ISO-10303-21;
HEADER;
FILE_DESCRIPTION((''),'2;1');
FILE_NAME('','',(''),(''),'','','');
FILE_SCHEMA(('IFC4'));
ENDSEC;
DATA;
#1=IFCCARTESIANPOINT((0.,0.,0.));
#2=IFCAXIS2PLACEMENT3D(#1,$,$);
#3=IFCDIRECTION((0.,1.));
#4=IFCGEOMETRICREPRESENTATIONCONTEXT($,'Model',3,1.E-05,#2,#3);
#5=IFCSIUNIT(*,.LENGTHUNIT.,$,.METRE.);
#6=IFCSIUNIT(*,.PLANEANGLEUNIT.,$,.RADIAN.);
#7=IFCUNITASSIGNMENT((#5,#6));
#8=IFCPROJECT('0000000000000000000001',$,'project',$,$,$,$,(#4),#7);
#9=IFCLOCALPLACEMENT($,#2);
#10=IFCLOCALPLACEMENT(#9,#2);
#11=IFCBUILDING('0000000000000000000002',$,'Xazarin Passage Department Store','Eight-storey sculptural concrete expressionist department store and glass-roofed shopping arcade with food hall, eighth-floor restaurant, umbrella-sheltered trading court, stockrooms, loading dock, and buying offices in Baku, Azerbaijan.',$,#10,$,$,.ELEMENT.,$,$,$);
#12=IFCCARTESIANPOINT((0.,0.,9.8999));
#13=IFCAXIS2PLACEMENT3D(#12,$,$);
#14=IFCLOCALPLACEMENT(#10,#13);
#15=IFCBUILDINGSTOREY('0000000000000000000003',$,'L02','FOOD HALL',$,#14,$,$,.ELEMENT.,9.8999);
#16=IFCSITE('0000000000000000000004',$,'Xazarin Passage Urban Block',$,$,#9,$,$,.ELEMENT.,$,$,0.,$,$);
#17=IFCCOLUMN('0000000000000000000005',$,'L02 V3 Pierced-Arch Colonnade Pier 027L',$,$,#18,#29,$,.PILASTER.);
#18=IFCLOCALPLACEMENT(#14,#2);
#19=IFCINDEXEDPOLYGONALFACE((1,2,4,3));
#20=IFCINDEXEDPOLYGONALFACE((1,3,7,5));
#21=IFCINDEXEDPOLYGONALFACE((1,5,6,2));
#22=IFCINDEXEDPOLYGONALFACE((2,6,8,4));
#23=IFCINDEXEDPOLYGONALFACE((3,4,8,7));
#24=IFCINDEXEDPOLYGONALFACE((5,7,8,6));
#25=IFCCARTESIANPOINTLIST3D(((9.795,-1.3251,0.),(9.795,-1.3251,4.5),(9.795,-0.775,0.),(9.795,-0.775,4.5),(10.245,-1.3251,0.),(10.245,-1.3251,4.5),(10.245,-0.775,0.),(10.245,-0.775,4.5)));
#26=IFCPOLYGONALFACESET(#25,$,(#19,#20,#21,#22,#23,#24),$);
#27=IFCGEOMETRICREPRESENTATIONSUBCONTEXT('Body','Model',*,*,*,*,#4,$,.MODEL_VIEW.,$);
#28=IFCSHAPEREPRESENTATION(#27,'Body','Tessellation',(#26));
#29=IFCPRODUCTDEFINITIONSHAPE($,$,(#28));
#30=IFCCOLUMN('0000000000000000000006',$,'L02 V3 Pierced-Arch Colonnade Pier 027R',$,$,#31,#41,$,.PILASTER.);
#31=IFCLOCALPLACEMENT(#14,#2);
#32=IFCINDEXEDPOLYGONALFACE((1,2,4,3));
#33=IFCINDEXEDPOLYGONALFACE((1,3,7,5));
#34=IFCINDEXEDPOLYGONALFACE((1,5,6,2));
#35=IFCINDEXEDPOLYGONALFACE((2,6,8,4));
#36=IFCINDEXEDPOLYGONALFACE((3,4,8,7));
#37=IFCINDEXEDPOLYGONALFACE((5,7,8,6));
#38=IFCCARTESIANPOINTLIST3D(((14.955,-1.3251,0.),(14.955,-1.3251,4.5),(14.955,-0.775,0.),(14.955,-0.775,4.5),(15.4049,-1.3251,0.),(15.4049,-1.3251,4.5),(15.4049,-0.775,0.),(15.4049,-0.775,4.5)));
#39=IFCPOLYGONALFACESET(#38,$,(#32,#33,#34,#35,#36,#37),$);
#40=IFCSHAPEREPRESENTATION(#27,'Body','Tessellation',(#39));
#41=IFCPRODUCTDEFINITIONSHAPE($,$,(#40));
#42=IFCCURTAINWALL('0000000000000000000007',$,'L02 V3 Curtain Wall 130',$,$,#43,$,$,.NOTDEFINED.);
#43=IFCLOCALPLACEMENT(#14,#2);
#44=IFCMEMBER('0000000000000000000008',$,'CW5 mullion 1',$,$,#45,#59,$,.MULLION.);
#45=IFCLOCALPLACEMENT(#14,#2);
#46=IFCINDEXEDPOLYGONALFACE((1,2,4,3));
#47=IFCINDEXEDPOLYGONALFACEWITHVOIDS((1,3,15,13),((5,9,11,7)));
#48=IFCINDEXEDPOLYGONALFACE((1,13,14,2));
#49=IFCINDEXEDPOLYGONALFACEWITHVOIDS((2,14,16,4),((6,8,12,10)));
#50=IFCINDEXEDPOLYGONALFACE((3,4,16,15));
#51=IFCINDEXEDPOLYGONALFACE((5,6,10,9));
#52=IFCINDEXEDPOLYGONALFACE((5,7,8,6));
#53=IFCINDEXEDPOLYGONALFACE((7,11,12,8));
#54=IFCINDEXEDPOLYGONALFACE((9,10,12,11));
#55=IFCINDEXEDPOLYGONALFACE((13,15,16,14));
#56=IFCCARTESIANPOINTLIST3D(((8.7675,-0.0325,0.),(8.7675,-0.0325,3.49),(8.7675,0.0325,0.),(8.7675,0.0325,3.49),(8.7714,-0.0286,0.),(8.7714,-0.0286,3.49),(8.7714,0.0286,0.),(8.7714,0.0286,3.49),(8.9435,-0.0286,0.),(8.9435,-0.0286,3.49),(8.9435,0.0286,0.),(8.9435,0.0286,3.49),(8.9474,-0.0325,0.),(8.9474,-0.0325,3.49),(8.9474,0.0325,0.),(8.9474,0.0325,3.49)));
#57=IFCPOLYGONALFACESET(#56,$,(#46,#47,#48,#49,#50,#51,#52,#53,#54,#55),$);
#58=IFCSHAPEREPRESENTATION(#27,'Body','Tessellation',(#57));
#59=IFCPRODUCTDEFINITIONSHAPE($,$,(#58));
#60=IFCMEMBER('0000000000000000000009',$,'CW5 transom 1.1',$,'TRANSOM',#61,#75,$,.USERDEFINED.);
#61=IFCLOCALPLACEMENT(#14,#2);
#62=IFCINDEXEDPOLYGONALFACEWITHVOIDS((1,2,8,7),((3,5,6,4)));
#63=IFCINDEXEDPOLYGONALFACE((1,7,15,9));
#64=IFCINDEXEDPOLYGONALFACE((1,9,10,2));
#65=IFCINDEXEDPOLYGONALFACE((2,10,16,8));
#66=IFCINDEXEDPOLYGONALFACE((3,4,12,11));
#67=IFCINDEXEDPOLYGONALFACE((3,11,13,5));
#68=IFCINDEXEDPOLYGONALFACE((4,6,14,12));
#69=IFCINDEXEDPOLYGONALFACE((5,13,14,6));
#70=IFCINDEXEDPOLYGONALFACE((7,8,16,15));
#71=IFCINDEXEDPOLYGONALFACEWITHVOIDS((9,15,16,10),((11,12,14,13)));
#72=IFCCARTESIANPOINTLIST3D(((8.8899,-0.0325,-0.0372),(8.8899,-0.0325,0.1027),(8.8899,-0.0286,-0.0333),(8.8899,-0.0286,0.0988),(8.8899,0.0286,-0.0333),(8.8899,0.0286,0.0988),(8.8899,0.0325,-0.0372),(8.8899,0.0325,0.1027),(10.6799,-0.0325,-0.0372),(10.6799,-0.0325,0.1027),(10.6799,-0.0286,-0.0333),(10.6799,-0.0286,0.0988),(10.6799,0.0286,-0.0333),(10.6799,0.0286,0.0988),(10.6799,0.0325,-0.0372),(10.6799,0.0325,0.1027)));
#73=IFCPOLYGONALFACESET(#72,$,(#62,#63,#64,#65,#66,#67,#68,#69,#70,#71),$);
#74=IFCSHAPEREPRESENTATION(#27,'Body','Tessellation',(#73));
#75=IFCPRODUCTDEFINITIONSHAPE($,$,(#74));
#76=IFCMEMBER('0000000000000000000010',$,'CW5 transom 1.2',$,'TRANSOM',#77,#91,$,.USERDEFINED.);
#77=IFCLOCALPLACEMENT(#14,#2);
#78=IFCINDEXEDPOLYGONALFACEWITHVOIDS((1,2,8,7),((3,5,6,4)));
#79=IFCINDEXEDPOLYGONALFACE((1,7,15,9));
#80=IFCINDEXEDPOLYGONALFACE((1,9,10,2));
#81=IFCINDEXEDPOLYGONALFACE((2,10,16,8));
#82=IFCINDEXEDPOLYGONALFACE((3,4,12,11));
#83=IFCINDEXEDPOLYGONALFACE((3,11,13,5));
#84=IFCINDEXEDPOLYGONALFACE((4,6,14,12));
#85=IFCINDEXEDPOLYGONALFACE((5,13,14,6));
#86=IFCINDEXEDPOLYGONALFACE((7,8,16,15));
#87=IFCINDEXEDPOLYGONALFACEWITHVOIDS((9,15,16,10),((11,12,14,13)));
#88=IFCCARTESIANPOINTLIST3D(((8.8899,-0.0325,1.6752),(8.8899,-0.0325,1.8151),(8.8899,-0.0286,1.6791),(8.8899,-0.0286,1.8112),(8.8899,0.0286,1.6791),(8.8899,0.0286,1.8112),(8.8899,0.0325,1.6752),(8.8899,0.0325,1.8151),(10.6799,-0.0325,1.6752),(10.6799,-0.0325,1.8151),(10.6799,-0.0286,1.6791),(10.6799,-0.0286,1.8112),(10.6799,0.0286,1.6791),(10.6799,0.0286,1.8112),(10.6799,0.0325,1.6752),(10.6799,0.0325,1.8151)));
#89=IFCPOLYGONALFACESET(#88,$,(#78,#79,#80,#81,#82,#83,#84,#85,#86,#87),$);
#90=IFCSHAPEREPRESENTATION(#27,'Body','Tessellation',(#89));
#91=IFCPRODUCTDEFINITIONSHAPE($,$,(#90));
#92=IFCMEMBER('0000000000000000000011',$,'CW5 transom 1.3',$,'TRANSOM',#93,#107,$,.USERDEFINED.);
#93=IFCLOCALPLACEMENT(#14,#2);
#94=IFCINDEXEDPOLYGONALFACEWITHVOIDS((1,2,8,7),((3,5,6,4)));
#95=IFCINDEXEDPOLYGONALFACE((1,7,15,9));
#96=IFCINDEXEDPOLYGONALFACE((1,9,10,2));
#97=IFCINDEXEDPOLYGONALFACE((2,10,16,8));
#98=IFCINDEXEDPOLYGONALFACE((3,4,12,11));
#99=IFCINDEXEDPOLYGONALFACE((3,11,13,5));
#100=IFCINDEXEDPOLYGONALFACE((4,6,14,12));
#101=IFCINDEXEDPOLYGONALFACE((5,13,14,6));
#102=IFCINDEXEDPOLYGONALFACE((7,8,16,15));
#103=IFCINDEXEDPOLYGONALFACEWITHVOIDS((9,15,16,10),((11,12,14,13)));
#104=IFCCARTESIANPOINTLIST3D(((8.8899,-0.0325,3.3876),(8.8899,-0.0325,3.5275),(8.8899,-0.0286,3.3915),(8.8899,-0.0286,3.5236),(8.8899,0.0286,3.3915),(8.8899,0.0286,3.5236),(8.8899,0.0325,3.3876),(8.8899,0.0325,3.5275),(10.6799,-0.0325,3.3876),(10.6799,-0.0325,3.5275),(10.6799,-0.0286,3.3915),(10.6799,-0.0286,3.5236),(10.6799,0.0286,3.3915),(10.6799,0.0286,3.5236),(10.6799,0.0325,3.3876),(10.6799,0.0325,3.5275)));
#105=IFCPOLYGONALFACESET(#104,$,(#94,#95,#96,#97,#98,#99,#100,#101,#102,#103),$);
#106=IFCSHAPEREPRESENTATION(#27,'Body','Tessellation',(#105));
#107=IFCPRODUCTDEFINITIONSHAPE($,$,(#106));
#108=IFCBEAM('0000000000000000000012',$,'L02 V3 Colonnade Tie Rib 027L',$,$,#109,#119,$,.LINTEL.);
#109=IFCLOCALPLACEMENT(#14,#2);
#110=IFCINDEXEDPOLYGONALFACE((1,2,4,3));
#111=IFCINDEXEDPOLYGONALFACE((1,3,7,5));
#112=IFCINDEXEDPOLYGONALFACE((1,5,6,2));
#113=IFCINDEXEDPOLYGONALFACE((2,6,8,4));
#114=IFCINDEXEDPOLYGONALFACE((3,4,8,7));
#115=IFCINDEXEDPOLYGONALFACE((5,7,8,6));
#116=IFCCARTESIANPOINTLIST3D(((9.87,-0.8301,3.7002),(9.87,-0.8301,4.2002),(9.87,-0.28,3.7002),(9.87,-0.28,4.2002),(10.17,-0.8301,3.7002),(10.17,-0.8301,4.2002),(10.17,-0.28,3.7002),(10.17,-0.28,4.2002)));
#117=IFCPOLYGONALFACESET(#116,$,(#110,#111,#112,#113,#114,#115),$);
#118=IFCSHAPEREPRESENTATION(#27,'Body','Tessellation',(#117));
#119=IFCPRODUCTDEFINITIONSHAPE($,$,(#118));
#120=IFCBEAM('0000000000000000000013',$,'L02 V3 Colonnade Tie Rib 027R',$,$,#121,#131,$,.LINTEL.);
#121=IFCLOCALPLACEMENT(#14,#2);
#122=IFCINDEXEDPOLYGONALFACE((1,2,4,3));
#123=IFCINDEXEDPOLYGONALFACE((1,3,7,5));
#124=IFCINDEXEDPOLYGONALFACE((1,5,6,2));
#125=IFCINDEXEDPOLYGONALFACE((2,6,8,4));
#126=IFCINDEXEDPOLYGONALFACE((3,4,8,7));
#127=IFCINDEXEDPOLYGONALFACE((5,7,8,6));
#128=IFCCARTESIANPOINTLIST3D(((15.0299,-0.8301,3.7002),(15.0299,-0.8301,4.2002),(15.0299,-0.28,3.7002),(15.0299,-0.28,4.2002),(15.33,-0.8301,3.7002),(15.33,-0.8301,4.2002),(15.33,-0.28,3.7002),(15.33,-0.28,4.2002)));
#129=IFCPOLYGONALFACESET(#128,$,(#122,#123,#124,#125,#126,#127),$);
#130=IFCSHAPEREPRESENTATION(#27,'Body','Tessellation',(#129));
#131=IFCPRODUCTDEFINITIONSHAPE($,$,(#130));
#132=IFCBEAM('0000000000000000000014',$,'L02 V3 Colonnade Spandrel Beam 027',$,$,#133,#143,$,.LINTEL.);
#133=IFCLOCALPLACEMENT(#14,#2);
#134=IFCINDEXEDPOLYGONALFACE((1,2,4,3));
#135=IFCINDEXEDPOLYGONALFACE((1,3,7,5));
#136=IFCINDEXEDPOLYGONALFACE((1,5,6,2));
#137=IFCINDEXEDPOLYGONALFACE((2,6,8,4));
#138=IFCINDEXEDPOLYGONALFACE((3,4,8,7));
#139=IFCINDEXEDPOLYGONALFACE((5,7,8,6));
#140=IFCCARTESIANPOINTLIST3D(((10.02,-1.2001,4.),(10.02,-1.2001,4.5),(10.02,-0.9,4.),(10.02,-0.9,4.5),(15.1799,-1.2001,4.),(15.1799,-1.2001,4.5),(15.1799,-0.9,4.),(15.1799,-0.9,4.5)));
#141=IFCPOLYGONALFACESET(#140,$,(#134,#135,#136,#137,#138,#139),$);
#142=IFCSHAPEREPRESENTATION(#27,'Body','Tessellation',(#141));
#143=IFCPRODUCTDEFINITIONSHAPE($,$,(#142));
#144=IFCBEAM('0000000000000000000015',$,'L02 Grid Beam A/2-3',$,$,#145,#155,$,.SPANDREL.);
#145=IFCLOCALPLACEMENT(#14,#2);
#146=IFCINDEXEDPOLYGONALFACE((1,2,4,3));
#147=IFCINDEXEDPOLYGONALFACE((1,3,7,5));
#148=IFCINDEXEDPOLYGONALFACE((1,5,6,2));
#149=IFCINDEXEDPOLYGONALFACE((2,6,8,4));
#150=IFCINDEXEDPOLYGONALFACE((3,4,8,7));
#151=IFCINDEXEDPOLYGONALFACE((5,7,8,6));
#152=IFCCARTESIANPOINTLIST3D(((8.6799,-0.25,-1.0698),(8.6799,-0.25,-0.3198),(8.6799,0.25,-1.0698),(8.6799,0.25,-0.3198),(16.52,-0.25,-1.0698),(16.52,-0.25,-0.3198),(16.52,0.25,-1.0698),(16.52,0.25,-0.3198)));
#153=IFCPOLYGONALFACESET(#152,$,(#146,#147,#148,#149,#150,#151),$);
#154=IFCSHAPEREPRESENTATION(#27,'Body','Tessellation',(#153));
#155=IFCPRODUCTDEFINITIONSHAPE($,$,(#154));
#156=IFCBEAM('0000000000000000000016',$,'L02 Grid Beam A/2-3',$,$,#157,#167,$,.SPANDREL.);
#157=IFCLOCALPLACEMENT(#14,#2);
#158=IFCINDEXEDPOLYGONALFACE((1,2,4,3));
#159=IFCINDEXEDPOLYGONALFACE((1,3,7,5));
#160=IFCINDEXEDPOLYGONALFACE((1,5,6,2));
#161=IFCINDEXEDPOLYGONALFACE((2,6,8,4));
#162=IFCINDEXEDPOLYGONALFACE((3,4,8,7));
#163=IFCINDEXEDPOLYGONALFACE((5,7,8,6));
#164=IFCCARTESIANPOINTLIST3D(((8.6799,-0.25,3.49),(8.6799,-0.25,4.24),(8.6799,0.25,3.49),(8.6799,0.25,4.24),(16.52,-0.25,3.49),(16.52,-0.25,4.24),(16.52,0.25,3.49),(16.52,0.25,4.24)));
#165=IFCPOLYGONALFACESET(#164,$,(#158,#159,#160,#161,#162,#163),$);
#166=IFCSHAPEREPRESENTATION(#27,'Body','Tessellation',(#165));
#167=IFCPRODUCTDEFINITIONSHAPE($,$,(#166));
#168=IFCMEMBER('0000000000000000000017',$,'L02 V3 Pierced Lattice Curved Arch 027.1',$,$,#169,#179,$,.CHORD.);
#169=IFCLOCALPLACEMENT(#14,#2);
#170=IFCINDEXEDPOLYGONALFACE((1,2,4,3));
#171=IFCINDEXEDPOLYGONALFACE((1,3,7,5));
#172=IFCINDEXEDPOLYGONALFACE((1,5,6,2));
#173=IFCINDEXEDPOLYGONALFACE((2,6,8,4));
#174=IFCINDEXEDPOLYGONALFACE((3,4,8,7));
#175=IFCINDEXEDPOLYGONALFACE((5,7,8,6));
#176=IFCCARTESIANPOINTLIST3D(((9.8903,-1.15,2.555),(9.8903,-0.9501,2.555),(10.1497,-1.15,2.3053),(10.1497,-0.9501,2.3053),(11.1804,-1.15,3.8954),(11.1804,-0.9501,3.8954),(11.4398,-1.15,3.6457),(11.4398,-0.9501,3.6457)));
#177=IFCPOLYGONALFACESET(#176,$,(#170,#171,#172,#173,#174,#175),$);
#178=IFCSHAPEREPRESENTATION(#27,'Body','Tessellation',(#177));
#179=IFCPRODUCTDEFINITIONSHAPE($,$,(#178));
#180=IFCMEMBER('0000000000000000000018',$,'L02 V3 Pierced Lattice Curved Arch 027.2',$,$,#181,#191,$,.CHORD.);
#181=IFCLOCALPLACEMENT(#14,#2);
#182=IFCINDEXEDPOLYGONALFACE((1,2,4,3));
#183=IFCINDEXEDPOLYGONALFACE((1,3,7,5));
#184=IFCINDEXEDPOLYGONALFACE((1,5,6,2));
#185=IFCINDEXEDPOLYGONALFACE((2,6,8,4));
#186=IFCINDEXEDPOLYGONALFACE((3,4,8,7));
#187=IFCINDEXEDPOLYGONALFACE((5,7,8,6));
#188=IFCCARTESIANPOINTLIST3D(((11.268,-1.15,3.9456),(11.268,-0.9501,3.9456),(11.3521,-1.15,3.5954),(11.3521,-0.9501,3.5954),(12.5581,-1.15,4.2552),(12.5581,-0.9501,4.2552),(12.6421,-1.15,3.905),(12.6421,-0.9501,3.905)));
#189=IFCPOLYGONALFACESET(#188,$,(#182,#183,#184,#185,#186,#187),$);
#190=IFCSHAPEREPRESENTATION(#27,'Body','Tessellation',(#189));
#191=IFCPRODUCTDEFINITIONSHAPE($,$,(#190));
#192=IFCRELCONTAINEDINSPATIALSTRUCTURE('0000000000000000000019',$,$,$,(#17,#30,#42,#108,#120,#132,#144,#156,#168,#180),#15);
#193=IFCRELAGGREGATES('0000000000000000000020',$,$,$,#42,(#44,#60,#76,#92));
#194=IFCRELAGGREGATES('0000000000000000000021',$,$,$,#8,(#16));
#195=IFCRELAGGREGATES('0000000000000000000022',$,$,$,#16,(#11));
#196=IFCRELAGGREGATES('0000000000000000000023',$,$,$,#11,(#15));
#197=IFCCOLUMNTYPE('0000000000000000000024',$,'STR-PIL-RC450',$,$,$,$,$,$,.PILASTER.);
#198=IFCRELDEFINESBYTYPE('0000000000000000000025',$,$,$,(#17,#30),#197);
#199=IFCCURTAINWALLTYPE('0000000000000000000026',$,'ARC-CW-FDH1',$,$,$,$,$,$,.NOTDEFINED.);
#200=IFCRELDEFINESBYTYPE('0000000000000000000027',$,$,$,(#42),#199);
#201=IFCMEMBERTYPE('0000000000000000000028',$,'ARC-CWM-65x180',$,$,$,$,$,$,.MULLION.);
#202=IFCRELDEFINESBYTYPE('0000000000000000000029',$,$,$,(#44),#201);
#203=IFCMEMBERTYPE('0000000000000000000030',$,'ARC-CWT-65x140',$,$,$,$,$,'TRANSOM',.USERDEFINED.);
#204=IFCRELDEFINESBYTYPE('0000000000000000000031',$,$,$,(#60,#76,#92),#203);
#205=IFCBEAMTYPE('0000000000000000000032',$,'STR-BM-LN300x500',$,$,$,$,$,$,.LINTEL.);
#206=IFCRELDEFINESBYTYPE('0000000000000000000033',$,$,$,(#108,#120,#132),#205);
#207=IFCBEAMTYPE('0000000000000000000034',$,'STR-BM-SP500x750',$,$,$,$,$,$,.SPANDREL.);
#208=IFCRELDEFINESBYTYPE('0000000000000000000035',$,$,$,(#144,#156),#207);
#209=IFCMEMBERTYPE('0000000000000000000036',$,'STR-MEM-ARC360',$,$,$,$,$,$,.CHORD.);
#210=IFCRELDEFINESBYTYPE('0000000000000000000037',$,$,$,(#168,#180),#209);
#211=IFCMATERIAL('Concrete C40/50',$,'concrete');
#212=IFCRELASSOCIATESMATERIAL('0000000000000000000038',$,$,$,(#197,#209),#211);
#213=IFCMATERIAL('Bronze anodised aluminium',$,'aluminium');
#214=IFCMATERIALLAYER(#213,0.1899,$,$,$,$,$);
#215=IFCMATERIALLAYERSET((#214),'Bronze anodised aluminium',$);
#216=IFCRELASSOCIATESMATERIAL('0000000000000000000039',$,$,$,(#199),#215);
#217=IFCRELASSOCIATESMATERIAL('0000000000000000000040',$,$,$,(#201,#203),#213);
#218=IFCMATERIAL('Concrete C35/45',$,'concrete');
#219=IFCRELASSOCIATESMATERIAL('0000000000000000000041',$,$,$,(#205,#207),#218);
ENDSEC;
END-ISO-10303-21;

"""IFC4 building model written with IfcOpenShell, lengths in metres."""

from ifc_helpers import new_model, si_unit, direction, frame, origin, origin_2d, place, context, subcontext, project, spatial, rectangle, hollow_rectangle, extrude, material, layer, layer_set, material_profile, profile_set, type_object, element, aggregate, save


model = new_model("IFC4")

# Units and contexts
model_context = context("Model", 3, precision=1e-05, world=origin(), true_north=direction((0.0, 1.0)))
body_context = subcontext(model_context, "Body", "Model", "MODEL_VIEW")
ifc_project = project(units=[si_unit("LENGTHUNIT", "METRE"), si_unit("PLANEANGLEUNIT", "RADIAN")], contexts=[model_context])

# Site, building, storey
site_placement = place(None, origin())
site = spatial("IfcSite", under=ifc_project, at=site_placement, Name="Xazarin Passage Urban Block", CompositionType="ELEMENT", RefElevation=0.0)
building_placement = place(site_placement, origin())
building = spatial("IfcBuilding", under=site, at=building_placement, Name="Xazarin Passage Department Store", Description="Eight-storey sculptural concrete expressionist department store and glass-roofed shopping arcade with food hall, eighth-floor restaurant, umbrella-sheltered trading court, stockrooms, loading dock, and buying offices in Baku, Azerbaijan.", CompositionType="ELEMENT")
storey_placement = place(building_placement, frame((0.0, 0.0, 9.8999)))
storey = spatial("IfcBuildingStorey", under=building, at=storey_placement, Name="L02", Description="FOOD HALL", CompositionType="ELEMENT", Elevation=9.8999)

# Columns
ifc_material_1 = material(Name="Concrete C40/50", Category="concrete")
ifc_material_profile_1 = material_profile(ifc_material_1, rectangle(XDim=0.45, YDim=0.55, at=origin_2d()), Name="RC 450x550")
ifc_profile_set_1 = profile_set([ifc_material_profile_1], Name="Concrete C40/50")
column_type = type_object("IfcColumnType", Name="STR-PIL-RC450", PredefinedType="PILASTER", material=ifc_profile_set_1)
for number, where, z_axis, x_axis, name in (
    (1, (10.02, -1.05, 0.0), (0.0, 0.0, 1.0), (1.0, 0.0, 0.0), "L02 V3 Pierced-Arch Colonnade Pier 027L"),
    (2, (15.1799, -1.05, 0.0), (0.0, 0.0, 1.0), (1.0, 0.0, 0.0), "L02 V3 Pierced-Arch Colonnade Pier 027R"),
):
    element("IfcColumn", number, at=place(storey_placement, frame(where, z_axis=z_axis, x_axis=x_axis)), inside=storey, type_object=column_type, Name=name, PredefinedType="PILASTER", context=body_context, shape_type="SweptSolid", body=[
        extrude(rectangle(XDim=0.45, YDim=0.55, at=origin_2d()), origin(), (0.0, 0.0, 1.0), 4.5),
    ])

# Curtain wall, members
ifc_material_2 = material(Name="Bronze anodised aluminium", Category="aluminium")
ifc_layer_1 = layer(ifc_material_2, 0.1899)
ifc_layer_set_1 = layer_set([ifc_layer_1], Name="Bronze anodised aluminium")
curtain_wall_type = type_object("IfcCurtainWallType", Name="ARC-CW-FDH1", PredefinedType="NOTDEFINED", material=ifc_layer_set_1)
curtain_wall_placement = place(storey_placement, origin())
curtain_wall = element("IfcCurtainWall", 3, at=curtain_wall_placement, inside=storey, type_object=curtain_wall_type, Name="L02 V3 Curtain Wall 130", PredefinedType="NOTDEFINED")
ifc_material_profile_2 = material_profile(ifc_material_2, hollow_rectangle(XDim=0.0649, YDim=0.1799, WallThickness=0.0039, at=origin_2d()), Name="ALU 65x180")
ifc_profile_set_2 = profile_set([ifc_material_profile_2], Name="Bronze anodised aluminium")
member_type_1 = type_object("IfcMemberType", Name="ARC-CWM-65x180", PredefinedType="MULLION", material=ifc_profile_set_2)
member_1_placement = place(storey_placement, frame((8.8574, 0.0, 0.0), z_axis=(0.0, 0.0, 1.0), x_axis=(0.0, 1.0, 0.0)))
member_1 = element("IfcMember", 4, at=member_1_placement, type_object=member_type_1, Name="CW5 mullion 1", PredefinedType="MULLION", context=body_context, shape_type="SweptSolid", body=[
    extrude(hollow_rectangle(XDim=0.0649, YDim=0.1799, WallThickness=0.0039, at=origin_2d()), origin(), (0.0, 0.0, 1.0), 3.49),
])
ifc_material_profile_3 = material_profile(ifc_material_2, hollow_rectangle(XDim=0.0649, YDim=0.1399, WallThickness=0.0039, at=origin_2d()), Name="ALU 65x140")
ifc_profile_set_3 = profile_set([ifc_material_profile_3], Name="Bronze anodised aluminium")
member_type_2 = type_object("IfcMemberType", Name="ARC-CWT-65x140", ElementType="TRANSOM", PredefinedType="USERDEFINED", material=ifc_profile_set_3)
member_2_placement = place(storey_placement, frame((8.8899, 0.0, 0.0327), z_axis=(1.0, 0.0, 0.0), x_axis=(0.0, 1.0, 0.0)))
member_2 = element("IfcMember", 5, at=member_2_placement, type_object=member_type_2, Name="CW5 transom 1.1", ObjectType="TRANSOM", PredefinedType="USERDEFINED", context=body_context, shape_type="SweptSolid", body=[
    extrude(hollow_rectangle(XDim=0.0649, YDim=0.1399, WallThickness=0.0039, at=origin_2d()), origin(), (0.0, 0.0, 1.0), 1.79),
])
member_3_placement = place(storey_placement, frame((8.8899, 0.0, 1.7451), z_axis=(1.0, 0.0, 0.0), x_axis=(0.0, 1.0, 0.0)))
member_3 = element("IfcMember", 6, at=member_3_placement, type_object=member_type_2, Name="CW5 transom 1.2", ObjectType="TRANSOM", PredefinedType="USERDEFINED", context=body_context, shape_type="SweptSolid", body=[
    extrude(hollow_rectangle(XDim=0.0649, YDim=0.1399, WallThickness=0.0039, at=origin_2d()), origin(), (0.0, 0.0, 1.0), 1.79),
])
member_4_placement = place(storey_placement, frame((8.8899, 0.0, 3.4575), z_axis=(1.0, 0.0, 0.0), x_axis=(0.0, 1.0, 0.0)))
member_4 = element("IfcMember", 7, at=member_4_placement, type_object=member_type_2, Name="CW5 transom 1.3", ObjectType="TRANSOM", PredefinedType="USERDEFINED", context=body_context, shape_type="SweptSolid", body=[
    extrude(hollow_rectangle(XDim=0.0649, YDim=0.1399, WallThickness=0.0039, at=origin_2d()), origin(), (0.0, 0.0, 1.0), 1.79),
])

# Beams
ifc_material_3 = material(Name="Concrete C35/45", Category="concrete")
ifc_material_profile_4 = material_profile(ifc_material_3, rectangle(XDim=0.3, YDim=0.5, at=origin_2d()), Name="RC 300x500")
ifc_profile_set_4 = profile_set([ifc_material_profile_4], Name="Concrete C35/45")
beam_type_1 = type_object("IfcBeamType", Name="STR-BM-LN300x500", PredefinedType="LINTEL", material=ifc_profile_set_4)
for number, where, z_axis, x_axis, name in (
    (8, (10.02, -0.28, 3.9502), (0.0, -1.0, 0.0), (1.0, 0.0, 0.0), "L02 V3 Colonnade Tie Rib 027L"),
    (9, (15.1799, -0.28, 3.9502), (0.0, -1.0, 0.0), (1.0, 0.0, 0.0), "L02 V3 Colonnade Tie Rib 027R"),
):
    element("IfcBeam", number, at=place(storey_placement, frame(where, z_axis=z_axis, x_axis=x_axis)), inside=storey, type_object=beam_type_1, Name=name, PredefinedType="LINTEL", context=body_context, shape_type="SweptSolid", body=[
        extrude(rectangle(XDim=0.3, YDim=0.5, at=origin_2d()), origin(), (0.0, 0.0, 1.0), 0.55),
    ])
beam_placement = place(storey_placement, frame((10.02, -1.05, 4.25), z_axis=(1.0, 0.0, 0.0), x_axis=(0.0, 1.0, 0.0)))
element("IfcBeam", 10, at=beam_placement, inside=storey, type_object=beam_type_1, Name="L02 V3 Colonnade Spandrel Beam 027", PredefinedType="LINTEL", context=body_context, shape_type="SweptSolid", body=[
    extrude(rectangle(XDim=0.3, YDim=0.5, at=origin_2d()), origin(), (0.0, 0.0, 1.0), 5.1599),
])
ifc_material_profile_5 = material_profile(ifc_material_3, rectangle(XDim=0.5, YDim=0.75, at=origin_2d()), Name="RC 500x750")
ifc_profile_set_5 = profile_set([ifc_material_profile_5], Name="Concrete C35/45")
beam_type_2 = type_object("IfcBeamType", Name="STR-BM-SP500x750", PredefinedType="SPANDREL", material=ifc_profile_set_5)
for number, where, z_axis, x_axis, name in (
    (11, (8.6799, 0.0, -0.6948), (1.0, 0.0, 0.0), (0.0, 1.0, 0.0), "L02 Grid Beam A/2-3"),
    (12, (8.6799, 0.0, 3.865), (1.0, 0.0, 0.0), (0.0, 1.0, 0.0), "L02 Grid Beam A/2-3"),
):
    element("IfcBeam", number, at=place(storey_placement, frame(where, z_axis=z_axis, x_axis=x_axis)), inside=storey, type_object=beam_type_2, Name=name, PredefinedType="SPANDREL", context=body_context, shape_type="SweptSolid", body=[
        extrude(rectangle(XDim=0.5, YDim=0.75, at=origin_2d()), origin(), (0.0, 0.0, 1.0), 7.8401),
    ])

# Members
ifc_material_profile_6 = material_profile(ifc_material_1, rectangle(XDim=0.2, YDim=0.3601, at=origin_2d()), Name="RC 200x360")
ifc_profile_set_6 = profile_set([ifc_material_profile_6], Name="Concrete C40/50")
member_type_3 = type_object("IfcMemberType", Name="STR-MEM-ARC360", PredefinedType="CHORD", material=ifc_profile_set_6)
member_5_placement = place(storey_placement, frame((10.02, -1.05, 2.4302), z_axis=(0.69346, 0.0, 0.720495), x_axis=(0.0, 1.0, 0.0)))
element("IfcMember", 13, at=member_5_placement, inside=storey, type_object=member_type_3, Name="L02 V3 Pierced Lattice Curved Arch 027.1", PredefinedType="CHORD", context=body_context, shape_type="SweptSolid", body=[
    extrude(rectangle(XDim=0.2, YDim=0.3601, at=origin_2d()), origin(), (0.0, 0.0, 1.0), 1.8604),
])
member_6_placement = place(storey_placement, frame((11.3101, -1.05, 3.7705), z_axis=(0.972394, 0.0, 0.233345), x_axis=(0.0, 1.0, 0.0)))
element("IfcMember", 14, at=member_6_placement, inside=storey, type_object=member_type_3, Name="L02 V3 Pierced Lattice Curved Arch 027.2", PredefinedType="CHORD", context=body_context, shape_type="SweptSolid", body=[
    extrude(rectangle(XDim=0.2, YDim=0.3601, at=origin_2d()), origin(), (0.0, 0.0, 1.0), 1.3267),
])

aggregate(curtain_wall, [member_1, member_2, member_3, member_4])

save(model, "model.ifc")
